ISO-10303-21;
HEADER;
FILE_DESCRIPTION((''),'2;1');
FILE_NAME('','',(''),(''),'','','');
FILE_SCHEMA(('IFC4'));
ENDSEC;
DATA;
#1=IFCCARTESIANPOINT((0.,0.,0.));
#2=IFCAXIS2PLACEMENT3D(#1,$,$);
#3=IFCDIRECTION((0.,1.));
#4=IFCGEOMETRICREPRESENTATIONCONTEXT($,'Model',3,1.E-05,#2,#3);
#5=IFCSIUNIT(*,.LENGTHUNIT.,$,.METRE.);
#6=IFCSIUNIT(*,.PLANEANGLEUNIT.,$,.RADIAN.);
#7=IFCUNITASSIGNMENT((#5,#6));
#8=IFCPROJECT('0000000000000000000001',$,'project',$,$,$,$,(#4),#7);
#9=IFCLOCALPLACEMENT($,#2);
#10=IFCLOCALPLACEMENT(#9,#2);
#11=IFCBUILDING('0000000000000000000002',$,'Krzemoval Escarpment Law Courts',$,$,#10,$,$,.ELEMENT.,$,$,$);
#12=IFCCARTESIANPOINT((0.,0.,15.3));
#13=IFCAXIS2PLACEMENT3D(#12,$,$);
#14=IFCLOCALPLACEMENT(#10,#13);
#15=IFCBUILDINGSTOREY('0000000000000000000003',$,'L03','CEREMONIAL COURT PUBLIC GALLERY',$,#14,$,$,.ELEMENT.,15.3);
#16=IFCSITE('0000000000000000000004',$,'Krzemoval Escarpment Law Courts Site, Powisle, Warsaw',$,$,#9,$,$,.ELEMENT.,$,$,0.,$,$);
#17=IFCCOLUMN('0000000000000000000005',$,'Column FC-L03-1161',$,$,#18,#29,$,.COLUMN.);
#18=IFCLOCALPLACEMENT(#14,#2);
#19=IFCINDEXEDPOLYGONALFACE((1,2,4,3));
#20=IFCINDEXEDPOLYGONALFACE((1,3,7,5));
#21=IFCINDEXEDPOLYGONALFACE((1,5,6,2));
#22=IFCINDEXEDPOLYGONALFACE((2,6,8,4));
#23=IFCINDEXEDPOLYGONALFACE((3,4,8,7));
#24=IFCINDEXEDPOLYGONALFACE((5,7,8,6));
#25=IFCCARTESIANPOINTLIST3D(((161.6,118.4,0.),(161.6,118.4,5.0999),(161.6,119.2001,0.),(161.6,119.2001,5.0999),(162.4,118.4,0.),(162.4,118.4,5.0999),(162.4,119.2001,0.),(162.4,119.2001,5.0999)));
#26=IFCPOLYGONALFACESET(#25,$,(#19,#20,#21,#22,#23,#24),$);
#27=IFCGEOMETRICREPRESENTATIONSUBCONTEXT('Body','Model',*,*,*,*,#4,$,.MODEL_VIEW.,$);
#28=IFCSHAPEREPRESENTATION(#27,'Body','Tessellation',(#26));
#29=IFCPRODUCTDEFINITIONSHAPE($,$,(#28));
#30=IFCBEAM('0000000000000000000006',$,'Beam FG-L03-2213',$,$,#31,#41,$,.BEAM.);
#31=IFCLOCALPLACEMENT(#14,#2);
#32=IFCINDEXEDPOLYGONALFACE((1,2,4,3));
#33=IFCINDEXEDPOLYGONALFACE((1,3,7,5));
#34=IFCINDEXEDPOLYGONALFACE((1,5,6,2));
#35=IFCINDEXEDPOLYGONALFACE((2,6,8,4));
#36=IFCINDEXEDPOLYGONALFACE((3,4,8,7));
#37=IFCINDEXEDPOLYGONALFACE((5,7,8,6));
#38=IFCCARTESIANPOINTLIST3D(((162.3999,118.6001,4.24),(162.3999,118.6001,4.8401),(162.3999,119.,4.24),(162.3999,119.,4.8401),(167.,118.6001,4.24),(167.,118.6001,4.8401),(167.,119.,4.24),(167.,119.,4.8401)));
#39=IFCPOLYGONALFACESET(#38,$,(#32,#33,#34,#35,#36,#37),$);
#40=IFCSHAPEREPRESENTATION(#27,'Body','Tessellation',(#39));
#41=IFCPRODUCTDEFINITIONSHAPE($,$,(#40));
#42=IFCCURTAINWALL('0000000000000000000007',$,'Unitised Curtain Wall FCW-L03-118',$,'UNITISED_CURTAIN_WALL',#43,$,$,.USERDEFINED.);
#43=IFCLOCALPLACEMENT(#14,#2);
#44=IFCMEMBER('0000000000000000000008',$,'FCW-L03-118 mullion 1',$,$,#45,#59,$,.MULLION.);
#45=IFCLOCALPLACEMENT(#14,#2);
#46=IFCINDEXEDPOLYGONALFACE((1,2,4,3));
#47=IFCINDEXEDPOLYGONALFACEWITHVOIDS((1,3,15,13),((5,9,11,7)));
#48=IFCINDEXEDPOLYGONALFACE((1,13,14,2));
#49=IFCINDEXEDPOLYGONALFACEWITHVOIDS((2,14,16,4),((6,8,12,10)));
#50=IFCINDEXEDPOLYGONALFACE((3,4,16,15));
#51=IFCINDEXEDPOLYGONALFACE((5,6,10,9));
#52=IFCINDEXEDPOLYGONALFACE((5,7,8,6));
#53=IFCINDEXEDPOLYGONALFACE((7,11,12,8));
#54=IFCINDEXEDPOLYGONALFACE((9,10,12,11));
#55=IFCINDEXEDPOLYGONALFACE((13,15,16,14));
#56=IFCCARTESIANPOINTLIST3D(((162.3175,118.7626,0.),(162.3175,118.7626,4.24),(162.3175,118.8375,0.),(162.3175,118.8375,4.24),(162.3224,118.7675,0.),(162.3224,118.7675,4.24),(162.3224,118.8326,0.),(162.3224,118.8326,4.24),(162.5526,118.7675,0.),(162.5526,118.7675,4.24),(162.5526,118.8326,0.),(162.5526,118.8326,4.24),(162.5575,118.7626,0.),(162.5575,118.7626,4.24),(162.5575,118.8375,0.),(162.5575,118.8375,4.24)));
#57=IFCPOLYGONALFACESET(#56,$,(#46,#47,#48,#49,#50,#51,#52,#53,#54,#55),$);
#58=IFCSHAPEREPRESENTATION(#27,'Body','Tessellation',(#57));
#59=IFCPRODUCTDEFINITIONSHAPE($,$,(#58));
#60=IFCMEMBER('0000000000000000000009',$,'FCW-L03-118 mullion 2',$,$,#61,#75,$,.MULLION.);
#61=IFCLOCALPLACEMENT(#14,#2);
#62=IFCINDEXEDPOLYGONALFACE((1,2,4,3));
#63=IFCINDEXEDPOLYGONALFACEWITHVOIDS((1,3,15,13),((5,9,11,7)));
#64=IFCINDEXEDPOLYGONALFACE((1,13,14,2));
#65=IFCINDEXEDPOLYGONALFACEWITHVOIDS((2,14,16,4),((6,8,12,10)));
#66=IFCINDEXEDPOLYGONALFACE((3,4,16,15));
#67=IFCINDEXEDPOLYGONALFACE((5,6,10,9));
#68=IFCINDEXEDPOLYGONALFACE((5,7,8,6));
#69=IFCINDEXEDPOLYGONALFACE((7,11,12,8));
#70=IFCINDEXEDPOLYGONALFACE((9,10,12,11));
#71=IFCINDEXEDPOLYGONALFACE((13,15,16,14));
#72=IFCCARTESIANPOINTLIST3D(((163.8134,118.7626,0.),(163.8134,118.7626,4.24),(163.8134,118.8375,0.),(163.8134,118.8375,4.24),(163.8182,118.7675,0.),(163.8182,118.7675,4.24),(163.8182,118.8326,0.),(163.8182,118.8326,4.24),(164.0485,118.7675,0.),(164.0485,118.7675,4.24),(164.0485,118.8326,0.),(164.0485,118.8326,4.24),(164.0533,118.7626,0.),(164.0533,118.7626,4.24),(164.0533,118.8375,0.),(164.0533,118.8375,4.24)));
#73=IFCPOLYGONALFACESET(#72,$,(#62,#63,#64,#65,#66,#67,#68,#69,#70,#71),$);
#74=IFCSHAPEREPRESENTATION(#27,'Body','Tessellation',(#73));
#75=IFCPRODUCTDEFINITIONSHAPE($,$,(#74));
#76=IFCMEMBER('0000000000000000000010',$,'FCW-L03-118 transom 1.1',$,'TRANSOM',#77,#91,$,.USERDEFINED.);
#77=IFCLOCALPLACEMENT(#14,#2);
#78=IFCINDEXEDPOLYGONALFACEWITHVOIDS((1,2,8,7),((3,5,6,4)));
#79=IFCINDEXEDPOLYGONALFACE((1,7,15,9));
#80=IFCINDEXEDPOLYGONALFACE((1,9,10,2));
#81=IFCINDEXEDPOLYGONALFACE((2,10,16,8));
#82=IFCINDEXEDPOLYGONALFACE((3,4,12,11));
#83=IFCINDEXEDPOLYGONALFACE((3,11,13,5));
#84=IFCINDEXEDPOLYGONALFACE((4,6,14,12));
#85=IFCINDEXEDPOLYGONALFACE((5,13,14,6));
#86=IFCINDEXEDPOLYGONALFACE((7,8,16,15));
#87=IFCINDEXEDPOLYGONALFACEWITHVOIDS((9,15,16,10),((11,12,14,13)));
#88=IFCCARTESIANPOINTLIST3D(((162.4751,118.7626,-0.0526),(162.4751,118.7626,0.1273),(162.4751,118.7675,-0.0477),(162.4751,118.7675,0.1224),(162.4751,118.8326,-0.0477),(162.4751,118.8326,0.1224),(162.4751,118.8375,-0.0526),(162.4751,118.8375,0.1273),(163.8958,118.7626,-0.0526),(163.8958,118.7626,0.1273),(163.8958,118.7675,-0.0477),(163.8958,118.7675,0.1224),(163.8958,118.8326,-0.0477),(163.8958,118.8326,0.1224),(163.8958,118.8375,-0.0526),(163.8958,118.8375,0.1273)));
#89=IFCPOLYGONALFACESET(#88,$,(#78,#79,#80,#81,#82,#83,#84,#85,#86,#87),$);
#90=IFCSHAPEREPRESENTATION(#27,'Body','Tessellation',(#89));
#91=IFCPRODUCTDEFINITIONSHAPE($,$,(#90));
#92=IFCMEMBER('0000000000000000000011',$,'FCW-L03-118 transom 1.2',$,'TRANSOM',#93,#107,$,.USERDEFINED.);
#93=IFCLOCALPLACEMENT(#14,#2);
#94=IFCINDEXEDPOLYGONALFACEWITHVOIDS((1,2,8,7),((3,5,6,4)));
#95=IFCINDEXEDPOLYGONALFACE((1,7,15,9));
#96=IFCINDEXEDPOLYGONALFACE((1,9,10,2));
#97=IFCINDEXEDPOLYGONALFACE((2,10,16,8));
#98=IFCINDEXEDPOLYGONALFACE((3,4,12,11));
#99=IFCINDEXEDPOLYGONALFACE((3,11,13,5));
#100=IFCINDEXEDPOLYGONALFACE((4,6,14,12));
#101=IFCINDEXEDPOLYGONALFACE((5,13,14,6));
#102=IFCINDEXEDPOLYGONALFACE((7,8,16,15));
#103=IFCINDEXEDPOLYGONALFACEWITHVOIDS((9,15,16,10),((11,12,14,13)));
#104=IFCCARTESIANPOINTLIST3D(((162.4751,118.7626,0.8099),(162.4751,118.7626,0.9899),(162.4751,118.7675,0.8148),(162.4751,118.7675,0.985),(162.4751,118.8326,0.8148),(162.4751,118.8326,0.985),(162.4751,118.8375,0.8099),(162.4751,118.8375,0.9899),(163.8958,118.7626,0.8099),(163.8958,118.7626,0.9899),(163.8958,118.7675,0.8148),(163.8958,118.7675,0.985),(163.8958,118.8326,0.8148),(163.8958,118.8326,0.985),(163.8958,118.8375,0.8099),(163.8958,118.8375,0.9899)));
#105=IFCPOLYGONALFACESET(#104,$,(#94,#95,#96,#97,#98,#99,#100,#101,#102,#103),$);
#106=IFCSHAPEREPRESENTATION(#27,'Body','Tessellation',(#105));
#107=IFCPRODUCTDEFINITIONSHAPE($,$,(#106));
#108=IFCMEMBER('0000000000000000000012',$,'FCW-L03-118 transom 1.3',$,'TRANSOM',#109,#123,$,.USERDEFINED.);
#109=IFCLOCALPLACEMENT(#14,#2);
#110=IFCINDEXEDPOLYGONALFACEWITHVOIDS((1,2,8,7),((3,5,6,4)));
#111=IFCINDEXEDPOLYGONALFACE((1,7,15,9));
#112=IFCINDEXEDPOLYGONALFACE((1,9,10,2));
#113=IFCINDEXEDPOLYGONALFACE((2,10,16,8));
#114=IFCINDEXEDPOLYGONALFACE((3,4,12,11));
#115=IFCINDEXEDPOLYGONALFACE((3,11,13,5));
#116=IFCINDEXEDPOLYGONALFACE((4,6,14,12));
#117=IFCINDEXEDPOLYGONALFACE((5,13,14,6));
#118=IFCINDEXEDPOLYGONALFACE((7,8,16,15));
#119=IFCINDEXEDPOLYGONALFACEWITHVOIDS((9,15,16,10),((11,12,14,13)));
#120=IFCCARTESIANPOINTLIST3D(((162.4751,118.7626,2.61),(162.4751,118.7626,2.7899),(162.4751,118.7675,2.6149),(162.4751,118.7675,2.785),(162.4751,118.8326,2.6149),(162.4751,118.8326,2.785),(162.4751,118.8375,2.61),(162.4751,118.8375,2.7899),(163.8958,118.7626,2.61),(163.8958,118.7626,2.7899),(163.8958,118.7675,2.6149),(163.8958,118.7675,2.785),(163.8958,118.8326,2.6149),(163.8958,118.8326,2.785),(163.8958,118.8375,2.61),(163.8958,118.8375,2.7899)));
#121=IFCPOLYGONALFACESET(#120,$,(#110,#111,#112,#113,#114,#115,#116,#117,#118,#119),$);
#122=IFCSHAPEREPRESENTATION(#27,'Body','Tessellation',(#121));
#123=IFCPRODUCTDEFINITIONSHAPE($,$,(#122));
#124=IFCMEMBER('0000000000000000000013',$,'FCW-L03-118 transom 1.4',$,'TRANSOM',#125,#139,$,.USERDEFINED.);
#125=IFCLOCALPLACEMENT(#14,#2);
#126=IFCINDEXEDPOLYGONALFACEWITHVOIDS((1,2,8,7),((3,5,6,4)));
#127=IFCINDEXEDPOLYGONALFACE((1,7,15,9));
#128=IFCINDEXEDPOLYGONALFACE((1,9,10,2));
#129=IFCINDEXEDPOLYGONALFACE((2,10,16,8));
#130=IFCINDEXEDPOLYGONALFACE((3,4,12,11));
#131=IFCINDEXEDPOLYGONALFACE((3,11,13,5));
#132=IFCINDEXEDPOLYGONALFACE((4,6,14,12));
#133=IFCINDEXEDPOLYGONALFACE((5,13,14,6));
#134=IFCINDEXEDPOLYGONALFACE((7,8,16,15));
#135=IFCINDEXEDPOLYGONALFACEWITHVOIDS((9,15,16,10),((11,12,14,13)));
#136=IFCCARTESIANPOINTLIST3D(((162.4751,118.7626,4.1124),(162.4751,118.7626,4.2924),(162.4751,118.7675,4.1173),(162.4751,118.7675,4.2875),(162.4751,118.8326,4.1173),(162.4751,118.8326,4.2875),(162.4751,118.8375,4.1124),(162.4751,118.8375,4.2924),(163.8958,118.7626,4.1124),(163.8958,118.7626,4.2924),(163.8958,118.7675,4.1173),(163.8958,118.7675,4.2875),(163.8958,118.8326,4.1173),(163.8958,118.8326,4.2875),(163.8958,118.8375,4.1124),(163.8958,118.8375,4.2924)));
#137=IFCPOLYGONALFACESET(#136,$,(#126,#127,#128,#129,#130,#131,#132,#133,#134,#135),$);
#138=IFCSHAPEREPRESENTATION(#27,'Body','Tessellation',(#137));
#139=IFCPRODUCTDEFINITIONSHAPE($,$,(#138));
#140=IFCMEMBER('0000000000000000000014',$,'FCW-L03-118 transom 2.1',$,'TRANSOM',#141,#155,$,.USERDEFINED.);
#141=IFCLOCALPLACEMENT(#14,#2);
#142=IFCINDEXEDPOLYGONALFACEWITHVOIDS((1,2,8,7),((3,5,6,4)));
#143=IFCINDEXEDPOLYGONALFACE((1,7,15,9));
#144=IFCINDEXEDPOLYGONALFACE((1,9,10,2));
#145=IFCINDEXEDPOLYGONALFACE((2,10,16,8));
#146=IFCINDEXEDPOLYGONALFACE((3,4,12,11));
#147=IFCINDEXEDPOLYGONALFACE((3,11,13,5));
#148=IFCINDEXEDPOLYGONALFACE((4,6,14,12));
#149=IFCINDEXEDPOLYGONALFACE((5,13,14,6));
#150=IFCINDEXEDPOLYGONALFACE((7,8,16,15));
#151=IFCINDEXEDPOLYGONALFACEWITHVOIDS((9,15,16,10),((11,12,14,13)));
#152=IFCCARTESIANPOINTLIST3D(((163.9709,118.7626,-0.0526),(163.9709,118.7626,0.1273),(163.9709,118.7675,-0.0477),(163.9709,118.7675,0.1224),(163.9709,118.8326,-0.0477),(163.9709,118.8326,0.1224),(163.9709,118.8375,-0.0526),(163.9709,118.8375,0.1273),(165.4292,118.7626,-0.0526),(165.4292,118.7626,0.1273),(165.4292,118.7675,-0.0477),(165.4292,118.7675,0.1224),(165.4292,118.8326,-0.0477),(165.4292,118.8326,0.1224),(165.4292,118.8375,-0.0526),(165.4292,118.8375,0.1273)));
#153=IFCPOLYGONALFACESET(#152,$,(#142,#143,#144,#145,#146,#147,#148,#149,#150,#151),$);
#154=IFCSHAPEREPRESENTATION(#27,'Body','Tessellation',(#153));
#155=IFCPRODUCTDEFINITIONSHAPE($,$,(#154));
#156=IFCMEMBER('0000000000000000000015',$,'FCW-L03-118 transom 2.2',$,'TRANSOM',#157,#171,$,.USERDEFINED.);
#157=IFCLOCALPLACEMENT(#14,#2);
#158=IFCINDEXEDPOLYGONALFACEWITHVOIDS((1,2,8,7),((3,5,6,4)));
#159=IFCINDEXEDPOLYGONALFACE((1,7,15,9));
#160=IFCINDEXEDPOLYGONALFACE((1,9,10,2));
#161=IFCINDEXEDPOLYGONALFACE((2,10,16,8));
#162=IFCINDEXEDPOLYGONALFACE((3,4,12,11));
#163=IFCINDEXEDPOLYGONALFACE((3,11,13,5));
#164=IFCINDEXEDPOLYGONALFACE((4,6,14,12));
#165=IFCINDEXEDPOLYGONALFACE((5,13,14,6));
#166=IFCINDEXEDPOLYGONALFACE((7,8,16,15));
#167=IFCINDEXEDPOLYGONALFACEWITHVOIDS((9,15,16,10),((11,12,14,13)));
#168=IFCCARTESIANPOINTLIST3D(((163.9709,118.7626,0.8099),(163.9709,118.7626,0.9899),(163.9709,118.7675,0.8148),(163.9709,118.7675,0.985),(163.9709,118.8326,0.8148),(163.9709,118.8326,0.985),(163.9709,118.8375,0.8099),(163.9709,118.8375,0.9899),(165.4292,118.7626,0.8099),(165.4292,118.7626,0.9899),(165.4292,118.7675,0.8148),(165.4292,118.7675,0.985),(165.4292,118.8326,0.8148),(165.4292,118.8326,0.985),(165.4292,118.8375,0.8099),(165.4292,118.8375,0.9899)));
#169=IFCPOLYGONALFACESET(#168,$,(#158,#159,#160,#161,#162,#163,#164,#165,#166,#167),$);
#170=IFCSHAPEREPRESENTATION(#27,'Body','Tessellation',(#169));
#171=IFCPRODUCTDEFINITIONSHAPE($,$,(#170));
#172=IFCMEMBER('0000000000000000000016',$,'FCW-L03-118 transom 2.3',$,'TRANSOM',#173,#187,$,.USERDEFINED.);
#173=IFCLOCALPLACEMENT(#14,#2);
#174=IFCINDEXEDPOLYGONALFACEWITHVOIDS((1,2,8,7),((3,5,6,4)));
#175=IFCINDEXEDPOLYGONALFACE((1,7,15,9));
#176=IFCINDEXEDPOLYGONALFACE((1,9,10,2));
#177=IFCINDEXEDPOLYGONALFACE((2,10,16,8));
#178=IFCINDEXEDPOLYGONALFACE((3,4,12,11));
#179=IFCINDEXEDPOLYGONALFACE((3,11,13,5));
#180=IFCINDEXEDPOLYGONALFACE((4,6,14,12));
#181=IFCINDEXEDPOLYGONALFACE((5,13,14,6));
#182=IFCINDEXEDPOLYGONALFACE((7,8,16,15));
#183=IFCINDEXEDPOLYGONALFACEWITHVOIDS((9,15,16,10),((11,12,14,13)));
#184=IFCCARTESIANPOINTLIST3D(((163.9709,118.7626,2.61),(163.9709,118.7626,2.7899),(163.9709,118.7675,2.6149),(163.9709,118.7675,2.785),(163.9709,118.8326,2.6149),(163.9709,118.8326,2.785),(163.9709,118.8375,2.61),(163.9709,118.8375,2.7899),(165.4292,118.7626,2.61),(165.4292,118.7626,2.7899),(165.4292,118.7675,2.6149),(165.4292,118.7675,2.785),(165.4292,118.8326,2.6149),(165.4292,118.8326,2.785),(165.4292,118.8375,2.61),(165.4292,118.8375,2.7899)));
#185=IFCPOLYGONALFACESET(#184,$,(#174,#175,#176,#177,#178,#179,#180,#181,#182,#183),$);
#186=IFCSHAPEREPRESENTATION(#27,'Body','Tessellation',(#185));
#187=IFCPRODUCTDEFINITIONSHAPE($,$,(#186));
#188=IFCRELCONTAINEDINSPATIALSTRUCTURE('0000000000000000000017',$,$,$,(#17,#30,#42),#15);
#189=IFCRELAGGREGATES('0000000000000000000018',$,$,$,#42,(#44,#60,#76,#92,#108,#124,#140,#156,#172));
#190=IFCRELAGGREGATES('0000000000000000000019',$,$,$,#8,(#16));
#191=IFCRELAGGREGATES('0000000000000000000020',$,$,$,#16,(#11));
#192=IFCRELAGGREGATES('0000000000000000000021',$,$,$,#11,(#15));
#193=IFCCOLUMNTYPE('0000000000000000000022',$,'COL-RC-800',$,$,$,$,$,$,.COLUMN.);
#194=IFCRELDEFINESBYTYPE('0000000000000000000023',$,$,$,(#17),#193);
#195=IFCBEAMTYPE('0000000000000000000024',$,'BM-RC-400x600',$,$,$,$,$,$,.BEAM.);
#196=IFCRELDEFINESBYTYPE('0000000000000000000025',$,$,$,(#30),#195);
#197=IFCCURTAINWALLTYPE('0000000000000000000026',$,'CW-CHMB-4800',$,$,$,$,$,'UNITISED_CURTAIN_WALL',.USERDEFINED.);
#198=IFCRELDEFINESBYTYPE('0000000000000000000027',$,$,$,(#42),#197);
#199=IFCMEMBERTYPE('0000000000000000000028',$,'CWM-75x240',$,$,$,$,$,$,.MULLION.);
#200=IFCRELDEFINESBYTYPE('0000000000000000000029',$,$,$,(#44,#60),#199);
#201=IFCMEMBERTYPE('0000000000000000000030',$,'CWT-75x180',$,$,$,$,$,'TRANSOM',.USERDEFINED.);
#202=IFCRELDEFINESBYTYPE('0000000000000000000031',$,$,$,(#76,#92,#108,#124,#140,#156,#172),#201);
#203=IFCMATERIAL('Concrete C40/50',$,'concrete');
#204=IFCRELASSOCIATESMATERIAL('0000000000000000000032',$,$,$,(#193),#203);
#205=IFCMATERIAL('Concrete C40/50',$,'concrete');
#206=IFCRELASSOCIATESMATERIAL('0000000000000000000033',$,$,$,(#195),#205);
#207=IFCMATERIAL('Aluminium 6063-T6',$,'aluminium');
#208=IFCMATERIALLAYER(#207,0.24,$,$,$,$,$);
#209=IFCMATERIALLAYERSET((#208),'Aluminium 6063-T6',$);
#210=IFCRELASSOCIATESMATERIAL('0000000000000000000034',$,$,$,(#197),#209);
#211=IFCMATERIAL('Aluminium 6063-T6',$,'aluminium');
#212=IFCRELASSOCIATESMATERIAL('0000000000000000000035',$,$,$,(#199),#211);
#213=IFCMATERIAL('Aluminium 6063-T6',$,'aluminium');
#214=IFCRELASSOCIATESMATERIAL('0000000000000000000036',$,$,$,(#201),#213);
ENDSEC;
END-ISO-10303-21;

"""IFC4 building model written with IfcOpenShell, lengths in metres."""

from ifc_helpers import new_model, si_unit, direction, frame, origin, origin_2d, place, context, subcontext, project, spatial, rectangle, hollow_rectangle, extrude, material, layer, layer_set, material_profile, profile_set, type_object, element, aggregate, save


model = new_model("IFC4")

# Units and contexts
model_context = context("Model", 3, precision=1e-05, world=origin(), true_north=direction((0.0, 1.0)))
body_context = subcontext(model_context, "Body", "Model", "MODEL_VIEW")
ifc_project = project(units=[si_unit("LENGTHUNIT", "METRE"), si_unit("PLANEANGLEUNIT", "RADIAN")], contexts=[model_context])

# Site, building, storey
site_placement = place(None, origin())
site = spatial("IfcSite", under=ifc_project, at=site_placement, Name="Krzemoval Escarpment Law Courts Site, Powisle, Warsaw", CompositionType="ELEMENT", RefElevation=0.0)
building_placement = place(site_placement, origin())
building = spatial("IfcBuilding", under=site, at=building_placement, Name="Krzemoval Escarpment Law Courts", CompositionType="ELEMENT")
storey_placement = place(building_placement, frame((0.0, 0.0, 15.3)))
storey = spatial("IfcBuildingStorey", under=building, at=storey_placement, Name="L03", Description="CEREMONIAL COURT PUBLIC GALLERY", CompositionType="ELEMENT", Elevation=15.3)

# Column
ifc_material_1 = material(Name="Concrete C40/50", Category="concrete")
ifc_material_profile_1 = material_profile(ifc_material_1, rectangle(XDim=0.8, YDim=0.8, at=origin_2d()), Name="RC 800x800")
ifc_profile_set_1 = profile_set([ifc_material_profile_1], Name="Concrete C40/50")
column_type = type_object("IfcColumnType", Name="COL-RC-800", PredefinedType="COLUMN", material=ifc_profile_set_1)
column_placement = place(storey_placement, frame((162.0, 118.8, 0.0), z_axis=(0.0, 0.0, 1.0), x_axis=(1.0, 0.0, 0.0)))
element("IfcColumn", 1, at=column_placement, inside=storey, type_object=column_type, Name="Column FC-L03-1161", PredefinedType="COLUMN", context=body_context, shape_type="SweptSolid", body=[
    extrude(rectangle(XDim=0.8, YDim=0.8, at=origin_2d()), origin(), (0.0, 0.0, 1.0), 5.0999),
])

# Beam
ifc_material_2 = material(Name="Concrete C40/50", Category="concrete")
ifc_material_profile_2 = material_profile(ifc_material_2, rectangle(XDim=0.3999, YDim=0.6001, at=origin_2d()), Name="RCB 400x600")
ifc_profile_set_2 = profile_set([ifc_material_profile_2], Name="Concrete C40/50")
beam_type = type_object("IfcBeamType", Name="BM-RC-400x600", PredefinedType="BEAM", material=ifc_profile_set_2)
beam_placement = place(storey_placement, frame((162.3999, 118.8, 4.54), z_axis=(1.0, 0.0, 0.0), x_axis=(0.0, 1.0, 0.0)))
element("IfcBeam", 2, at=beam_placement, inside=storey, type_object=beam_type, Name="Beam FG-L03-2213", PredefinedType="BEAM", context=body_context, shape_type="SweptSolid", body=[
    extrude(rectangle(XDim=0.3999, YDim=0.6001, at=origin_2d()), origin(), (0.0, 0.0, 1.0), 4.6001),
])

# Curtain wall, members
ifc_material_3 = material(Name="Aluminium 6063-T6", Category="aluminium")
ifc_layer_1 = layer(ifc_material_3, 0.24)
ifc_layer_set_1 = layer_set([ifc_layer_1], Name="Aluminium 6063-T6")
curtain_wall_type = type_object("IfcCurtainWallType", Name="CW-CHMB-4800", ElementType="UNITISED_CURTAIN_WALL", PredefinedType="USERDEFINED", material=ifc_layer_set_1)
curtain_wall_placement = place(storey_placement, origin())
curtain_wall = element("IfcCurtainWall", 3, at=curtain_wall_placement, inside=storey, type_object=curtain_wall_type, Name="Unitised Curtain Wall FCW-L03-118", ObjectType="UNITISED_CURTAIN_WALL", PredefinedType="USERDEFINED")
ifc_material_4 = material(Name="Aluminium 6063-T6", Category="aluminium")
ifc_material_profile_3 = material_profile(ifc_material_4, hollow_rectangle(XDim=0.075, YDim=0.24, WallThickness=0.0049, at=origin_2d()), Name="ALU M75x240")
ifc_profile_set_3 = profile_set([ifc_material_profile_3], Name="Aluminium 6063-T6")
member_type_1 = type_object("IfcMemberType", Name="CWM-75x240", PredefinedType="MULLION", material=ifc_profile_set_3)
member_1_placement = place(storey_placement, frame((162.4375, 118.8, 0.0), z_axis=(0.0, 0.0, 1.0), x_axis=(0.0, 1.0, 0.0)))
member_1 = element("IfcMember", 4, at=member_1_placement, type_object=member_type_1, Name="FCW-L03-118 mullion 1", PredefinedType="MULLION", context=body_context, shape_type="SweptSolid", body=[
    extrude(hollow_rectangle(XDim=0.075, YDim=0.24, WallThickness=0.0049, at=origin_2d()), origin(), (0.0, 0.0, 1.0), 4.24),
])
member_2_placement = place(storey_placement, frame((163.9333, 118.8, 0.0), z_axis=(0.0, 0.0, 1.0), x_axis=(0.0, 1.0, 0.0)))
member_2 = element("IfcMember", 5, at=member_2_placement, type_object=member_type_1, Name="FCW-L03-118 mullion 2", PredefinedType="MULLION", context=body_context, shape_type="SweptSolid", body=[
    extrude(hollow_rectangle(XDim=0.075, YDim=0.24, WallThickness=0.0049, at=origin_2d()), origin(), (0.0, 0.0, 1.0), 4.24),
])
ifc_material_5 = material(Name="Aluminium 6063-T6", Category="aluminium")
ifc_material_profile_4 = material_profile(ifc_material_5, hollow_rectangle(XDim=0.075, YDim=0.1799, WallThickness=0.0049, at=origin_2d()), Name="ALU T75x180")
ifc_profile_set_4 = profile_set([ifc_material_profile_4], Name="Aluminium 6063-T6")
member_type_2 = type_object("IfcMemberType", Name="CWT-75x180", ElementType="TRANSOM", PredefinedType="USERDEFINED", material=ifc_profile_set_4)
member_3_placement = place(storey_placement, frame((162.4751, 118.8, 0.0374), z_axis=(1.0, 0.0, 0.0), x_axis=(0.0, 1.0, 0.0)))
member_3 = element("IfcMember", 6, at=member_3_placement, type_object=member_type_2, Name="FCW-L03-118 transom 1.1", ObjectType="TRANSOM", PredefinedType="USERDEFINED", context=body_context, shape_type="SweptSolid", body=[
    extrude(hollow_rectangle(XDim=0.075, YDim=0.1799, WallThickness=0.0049, at=origin_2d()), origin(), (0.0, 0.0, 1.0), 1.4207),
])
member_4_placement = place(storey_placement, frame((162.4751, 118.8, 0.8999), z_axis=(1.0, 0.0, 0.0), x_axis=(0.0, 1.0, 0.0)))
member_4 = element("IfcMember", 7, at=member_4_placement, type_object=member_type_2, Name="FCW-L03-118 transom 1.2", ObjectType="TRANSOM", PredefinedType="USERDEFINED", context=body_context, shape_type="SweptSolid", body=[
    extrude(hollow_rectangle(XDim=0.075, YDim=0.1799, WallThickness=0.0049, at=origin_2d()), origin(), (0.0, 0.0, 1.0), 1.4207),
])
member_5_placement = place(storey_placement, frame((162.4751, 118.8, 2.7), z_axis=(1.0, 0.0, 0.0), x_axis=(0.0, 1.0, 0.0)))
member_5 = element("IfcMember", 8, at=member_5_placement, type_object=member_type_2, Name="FCW-L03-118 transom 1.3", ObjectType="TRANSOM", PredefinedType="USERDEFINED", context=body_context, shape_type="SweptSolid", body=[
    extrude(hollow_rectangle(XDim=0.075, YDim=0.1799, WallThickness=0.0049, at=origin_2d()), origin(), (0.0, 0.0, 1.0), 1.4207),
])
member_6_placement = place(storey_placement, frame((162.4751, 118.8, 4.2024), z_axis=(1.0, 0.0, 0.0), x_axis=(0.0, 1.0, 0.0)))
member_6 = element("IfcMember", 9, at=member_6_placement, type_object=member_type_2, Name="FCW-L03-118 transom 1.4", ObjectType="TRANSOM", PredefinedType="USERDEFINED", context=body_context, shape_type="SweptSolid", body=[
    extrude(hollow_rectangle(XDim=0.075, YDim=0.1799, WallThickness=0.0049, at=origin_2d()), origin(), (0.0, 0.0, 1.0), 1.4207),
])
member_7_placement = place(storey_placement, frame((163.9709, 118.8, 0.0374), z_axis=(1.0, 0.0, 0.0), x_axis=(0.0, 1.0, 0.0)))
member_7 = element("IfcMember", 10, at=member_7_placement, type_object=member_type_2, Name="FCW-L03-118 transom 2.1", ObjectType="TRANSOM", PredefinedType="USERDEFINED", context=body_context, shape_type="SweptSolid", body=[
    extrude(hollow_rectangle(XDim=0.075, YDim=0.1799, WallThickness=0.0049, at=origin_2d()), origin(), (0.0, 0.0, 1.0), 1.4583),
])
member_8_placement = place(storey_placement, frame((163.9709, 118.8, 0.8999), z_axis=(1.0, 0.0, 0.0), x_axis=(0.0, 1.0, 0.0)))
member_8 = element("IfcMember", 11, at=member_8_placement, type_object=member_type_2, Name="FCW-L03-118 transom 2.2", ObjectType="TRANSOM", PredefinedType="USERDEFINED", context=body_context, shape_type="SweptSolid", body=[
    extrude(hollow_rectangle(XDim=0.075, YDim=0.1799, WallThickness=0.0049, at=origin_2d()), origin(), (0.0, 0.0, 1.0), 1.4583),
])
member_9_placement = place(storey_placement, frame((163.9709, 118.8, 2.7), z_axis=(1.0, 0.0, 0.0), x_axis=(0.0, 1.0, 0.0)))
member_9 = element("IfcMember", 12, at=member_9_placement, type_object=member_type_2, Name="FCW-L03-118 transom 2.3", ObjectType="TRANSOM", PredefinedType="USERDEFINED", context=body_context, shape_type="SweptSolid", body=[
    extrude(hollow_rectangle(XDim=0.075, YDim=0.1799, WallThickness=0.0049, at=origin_2d()), origin(), (0.0, 0.0, 1.0), 1.4583),
])

aggregate(curtain_wall, [member_1, member_2, member_3, member_4, member_5, member_6, member_7, member_8, member_9])

save(model, "model.ifc")
